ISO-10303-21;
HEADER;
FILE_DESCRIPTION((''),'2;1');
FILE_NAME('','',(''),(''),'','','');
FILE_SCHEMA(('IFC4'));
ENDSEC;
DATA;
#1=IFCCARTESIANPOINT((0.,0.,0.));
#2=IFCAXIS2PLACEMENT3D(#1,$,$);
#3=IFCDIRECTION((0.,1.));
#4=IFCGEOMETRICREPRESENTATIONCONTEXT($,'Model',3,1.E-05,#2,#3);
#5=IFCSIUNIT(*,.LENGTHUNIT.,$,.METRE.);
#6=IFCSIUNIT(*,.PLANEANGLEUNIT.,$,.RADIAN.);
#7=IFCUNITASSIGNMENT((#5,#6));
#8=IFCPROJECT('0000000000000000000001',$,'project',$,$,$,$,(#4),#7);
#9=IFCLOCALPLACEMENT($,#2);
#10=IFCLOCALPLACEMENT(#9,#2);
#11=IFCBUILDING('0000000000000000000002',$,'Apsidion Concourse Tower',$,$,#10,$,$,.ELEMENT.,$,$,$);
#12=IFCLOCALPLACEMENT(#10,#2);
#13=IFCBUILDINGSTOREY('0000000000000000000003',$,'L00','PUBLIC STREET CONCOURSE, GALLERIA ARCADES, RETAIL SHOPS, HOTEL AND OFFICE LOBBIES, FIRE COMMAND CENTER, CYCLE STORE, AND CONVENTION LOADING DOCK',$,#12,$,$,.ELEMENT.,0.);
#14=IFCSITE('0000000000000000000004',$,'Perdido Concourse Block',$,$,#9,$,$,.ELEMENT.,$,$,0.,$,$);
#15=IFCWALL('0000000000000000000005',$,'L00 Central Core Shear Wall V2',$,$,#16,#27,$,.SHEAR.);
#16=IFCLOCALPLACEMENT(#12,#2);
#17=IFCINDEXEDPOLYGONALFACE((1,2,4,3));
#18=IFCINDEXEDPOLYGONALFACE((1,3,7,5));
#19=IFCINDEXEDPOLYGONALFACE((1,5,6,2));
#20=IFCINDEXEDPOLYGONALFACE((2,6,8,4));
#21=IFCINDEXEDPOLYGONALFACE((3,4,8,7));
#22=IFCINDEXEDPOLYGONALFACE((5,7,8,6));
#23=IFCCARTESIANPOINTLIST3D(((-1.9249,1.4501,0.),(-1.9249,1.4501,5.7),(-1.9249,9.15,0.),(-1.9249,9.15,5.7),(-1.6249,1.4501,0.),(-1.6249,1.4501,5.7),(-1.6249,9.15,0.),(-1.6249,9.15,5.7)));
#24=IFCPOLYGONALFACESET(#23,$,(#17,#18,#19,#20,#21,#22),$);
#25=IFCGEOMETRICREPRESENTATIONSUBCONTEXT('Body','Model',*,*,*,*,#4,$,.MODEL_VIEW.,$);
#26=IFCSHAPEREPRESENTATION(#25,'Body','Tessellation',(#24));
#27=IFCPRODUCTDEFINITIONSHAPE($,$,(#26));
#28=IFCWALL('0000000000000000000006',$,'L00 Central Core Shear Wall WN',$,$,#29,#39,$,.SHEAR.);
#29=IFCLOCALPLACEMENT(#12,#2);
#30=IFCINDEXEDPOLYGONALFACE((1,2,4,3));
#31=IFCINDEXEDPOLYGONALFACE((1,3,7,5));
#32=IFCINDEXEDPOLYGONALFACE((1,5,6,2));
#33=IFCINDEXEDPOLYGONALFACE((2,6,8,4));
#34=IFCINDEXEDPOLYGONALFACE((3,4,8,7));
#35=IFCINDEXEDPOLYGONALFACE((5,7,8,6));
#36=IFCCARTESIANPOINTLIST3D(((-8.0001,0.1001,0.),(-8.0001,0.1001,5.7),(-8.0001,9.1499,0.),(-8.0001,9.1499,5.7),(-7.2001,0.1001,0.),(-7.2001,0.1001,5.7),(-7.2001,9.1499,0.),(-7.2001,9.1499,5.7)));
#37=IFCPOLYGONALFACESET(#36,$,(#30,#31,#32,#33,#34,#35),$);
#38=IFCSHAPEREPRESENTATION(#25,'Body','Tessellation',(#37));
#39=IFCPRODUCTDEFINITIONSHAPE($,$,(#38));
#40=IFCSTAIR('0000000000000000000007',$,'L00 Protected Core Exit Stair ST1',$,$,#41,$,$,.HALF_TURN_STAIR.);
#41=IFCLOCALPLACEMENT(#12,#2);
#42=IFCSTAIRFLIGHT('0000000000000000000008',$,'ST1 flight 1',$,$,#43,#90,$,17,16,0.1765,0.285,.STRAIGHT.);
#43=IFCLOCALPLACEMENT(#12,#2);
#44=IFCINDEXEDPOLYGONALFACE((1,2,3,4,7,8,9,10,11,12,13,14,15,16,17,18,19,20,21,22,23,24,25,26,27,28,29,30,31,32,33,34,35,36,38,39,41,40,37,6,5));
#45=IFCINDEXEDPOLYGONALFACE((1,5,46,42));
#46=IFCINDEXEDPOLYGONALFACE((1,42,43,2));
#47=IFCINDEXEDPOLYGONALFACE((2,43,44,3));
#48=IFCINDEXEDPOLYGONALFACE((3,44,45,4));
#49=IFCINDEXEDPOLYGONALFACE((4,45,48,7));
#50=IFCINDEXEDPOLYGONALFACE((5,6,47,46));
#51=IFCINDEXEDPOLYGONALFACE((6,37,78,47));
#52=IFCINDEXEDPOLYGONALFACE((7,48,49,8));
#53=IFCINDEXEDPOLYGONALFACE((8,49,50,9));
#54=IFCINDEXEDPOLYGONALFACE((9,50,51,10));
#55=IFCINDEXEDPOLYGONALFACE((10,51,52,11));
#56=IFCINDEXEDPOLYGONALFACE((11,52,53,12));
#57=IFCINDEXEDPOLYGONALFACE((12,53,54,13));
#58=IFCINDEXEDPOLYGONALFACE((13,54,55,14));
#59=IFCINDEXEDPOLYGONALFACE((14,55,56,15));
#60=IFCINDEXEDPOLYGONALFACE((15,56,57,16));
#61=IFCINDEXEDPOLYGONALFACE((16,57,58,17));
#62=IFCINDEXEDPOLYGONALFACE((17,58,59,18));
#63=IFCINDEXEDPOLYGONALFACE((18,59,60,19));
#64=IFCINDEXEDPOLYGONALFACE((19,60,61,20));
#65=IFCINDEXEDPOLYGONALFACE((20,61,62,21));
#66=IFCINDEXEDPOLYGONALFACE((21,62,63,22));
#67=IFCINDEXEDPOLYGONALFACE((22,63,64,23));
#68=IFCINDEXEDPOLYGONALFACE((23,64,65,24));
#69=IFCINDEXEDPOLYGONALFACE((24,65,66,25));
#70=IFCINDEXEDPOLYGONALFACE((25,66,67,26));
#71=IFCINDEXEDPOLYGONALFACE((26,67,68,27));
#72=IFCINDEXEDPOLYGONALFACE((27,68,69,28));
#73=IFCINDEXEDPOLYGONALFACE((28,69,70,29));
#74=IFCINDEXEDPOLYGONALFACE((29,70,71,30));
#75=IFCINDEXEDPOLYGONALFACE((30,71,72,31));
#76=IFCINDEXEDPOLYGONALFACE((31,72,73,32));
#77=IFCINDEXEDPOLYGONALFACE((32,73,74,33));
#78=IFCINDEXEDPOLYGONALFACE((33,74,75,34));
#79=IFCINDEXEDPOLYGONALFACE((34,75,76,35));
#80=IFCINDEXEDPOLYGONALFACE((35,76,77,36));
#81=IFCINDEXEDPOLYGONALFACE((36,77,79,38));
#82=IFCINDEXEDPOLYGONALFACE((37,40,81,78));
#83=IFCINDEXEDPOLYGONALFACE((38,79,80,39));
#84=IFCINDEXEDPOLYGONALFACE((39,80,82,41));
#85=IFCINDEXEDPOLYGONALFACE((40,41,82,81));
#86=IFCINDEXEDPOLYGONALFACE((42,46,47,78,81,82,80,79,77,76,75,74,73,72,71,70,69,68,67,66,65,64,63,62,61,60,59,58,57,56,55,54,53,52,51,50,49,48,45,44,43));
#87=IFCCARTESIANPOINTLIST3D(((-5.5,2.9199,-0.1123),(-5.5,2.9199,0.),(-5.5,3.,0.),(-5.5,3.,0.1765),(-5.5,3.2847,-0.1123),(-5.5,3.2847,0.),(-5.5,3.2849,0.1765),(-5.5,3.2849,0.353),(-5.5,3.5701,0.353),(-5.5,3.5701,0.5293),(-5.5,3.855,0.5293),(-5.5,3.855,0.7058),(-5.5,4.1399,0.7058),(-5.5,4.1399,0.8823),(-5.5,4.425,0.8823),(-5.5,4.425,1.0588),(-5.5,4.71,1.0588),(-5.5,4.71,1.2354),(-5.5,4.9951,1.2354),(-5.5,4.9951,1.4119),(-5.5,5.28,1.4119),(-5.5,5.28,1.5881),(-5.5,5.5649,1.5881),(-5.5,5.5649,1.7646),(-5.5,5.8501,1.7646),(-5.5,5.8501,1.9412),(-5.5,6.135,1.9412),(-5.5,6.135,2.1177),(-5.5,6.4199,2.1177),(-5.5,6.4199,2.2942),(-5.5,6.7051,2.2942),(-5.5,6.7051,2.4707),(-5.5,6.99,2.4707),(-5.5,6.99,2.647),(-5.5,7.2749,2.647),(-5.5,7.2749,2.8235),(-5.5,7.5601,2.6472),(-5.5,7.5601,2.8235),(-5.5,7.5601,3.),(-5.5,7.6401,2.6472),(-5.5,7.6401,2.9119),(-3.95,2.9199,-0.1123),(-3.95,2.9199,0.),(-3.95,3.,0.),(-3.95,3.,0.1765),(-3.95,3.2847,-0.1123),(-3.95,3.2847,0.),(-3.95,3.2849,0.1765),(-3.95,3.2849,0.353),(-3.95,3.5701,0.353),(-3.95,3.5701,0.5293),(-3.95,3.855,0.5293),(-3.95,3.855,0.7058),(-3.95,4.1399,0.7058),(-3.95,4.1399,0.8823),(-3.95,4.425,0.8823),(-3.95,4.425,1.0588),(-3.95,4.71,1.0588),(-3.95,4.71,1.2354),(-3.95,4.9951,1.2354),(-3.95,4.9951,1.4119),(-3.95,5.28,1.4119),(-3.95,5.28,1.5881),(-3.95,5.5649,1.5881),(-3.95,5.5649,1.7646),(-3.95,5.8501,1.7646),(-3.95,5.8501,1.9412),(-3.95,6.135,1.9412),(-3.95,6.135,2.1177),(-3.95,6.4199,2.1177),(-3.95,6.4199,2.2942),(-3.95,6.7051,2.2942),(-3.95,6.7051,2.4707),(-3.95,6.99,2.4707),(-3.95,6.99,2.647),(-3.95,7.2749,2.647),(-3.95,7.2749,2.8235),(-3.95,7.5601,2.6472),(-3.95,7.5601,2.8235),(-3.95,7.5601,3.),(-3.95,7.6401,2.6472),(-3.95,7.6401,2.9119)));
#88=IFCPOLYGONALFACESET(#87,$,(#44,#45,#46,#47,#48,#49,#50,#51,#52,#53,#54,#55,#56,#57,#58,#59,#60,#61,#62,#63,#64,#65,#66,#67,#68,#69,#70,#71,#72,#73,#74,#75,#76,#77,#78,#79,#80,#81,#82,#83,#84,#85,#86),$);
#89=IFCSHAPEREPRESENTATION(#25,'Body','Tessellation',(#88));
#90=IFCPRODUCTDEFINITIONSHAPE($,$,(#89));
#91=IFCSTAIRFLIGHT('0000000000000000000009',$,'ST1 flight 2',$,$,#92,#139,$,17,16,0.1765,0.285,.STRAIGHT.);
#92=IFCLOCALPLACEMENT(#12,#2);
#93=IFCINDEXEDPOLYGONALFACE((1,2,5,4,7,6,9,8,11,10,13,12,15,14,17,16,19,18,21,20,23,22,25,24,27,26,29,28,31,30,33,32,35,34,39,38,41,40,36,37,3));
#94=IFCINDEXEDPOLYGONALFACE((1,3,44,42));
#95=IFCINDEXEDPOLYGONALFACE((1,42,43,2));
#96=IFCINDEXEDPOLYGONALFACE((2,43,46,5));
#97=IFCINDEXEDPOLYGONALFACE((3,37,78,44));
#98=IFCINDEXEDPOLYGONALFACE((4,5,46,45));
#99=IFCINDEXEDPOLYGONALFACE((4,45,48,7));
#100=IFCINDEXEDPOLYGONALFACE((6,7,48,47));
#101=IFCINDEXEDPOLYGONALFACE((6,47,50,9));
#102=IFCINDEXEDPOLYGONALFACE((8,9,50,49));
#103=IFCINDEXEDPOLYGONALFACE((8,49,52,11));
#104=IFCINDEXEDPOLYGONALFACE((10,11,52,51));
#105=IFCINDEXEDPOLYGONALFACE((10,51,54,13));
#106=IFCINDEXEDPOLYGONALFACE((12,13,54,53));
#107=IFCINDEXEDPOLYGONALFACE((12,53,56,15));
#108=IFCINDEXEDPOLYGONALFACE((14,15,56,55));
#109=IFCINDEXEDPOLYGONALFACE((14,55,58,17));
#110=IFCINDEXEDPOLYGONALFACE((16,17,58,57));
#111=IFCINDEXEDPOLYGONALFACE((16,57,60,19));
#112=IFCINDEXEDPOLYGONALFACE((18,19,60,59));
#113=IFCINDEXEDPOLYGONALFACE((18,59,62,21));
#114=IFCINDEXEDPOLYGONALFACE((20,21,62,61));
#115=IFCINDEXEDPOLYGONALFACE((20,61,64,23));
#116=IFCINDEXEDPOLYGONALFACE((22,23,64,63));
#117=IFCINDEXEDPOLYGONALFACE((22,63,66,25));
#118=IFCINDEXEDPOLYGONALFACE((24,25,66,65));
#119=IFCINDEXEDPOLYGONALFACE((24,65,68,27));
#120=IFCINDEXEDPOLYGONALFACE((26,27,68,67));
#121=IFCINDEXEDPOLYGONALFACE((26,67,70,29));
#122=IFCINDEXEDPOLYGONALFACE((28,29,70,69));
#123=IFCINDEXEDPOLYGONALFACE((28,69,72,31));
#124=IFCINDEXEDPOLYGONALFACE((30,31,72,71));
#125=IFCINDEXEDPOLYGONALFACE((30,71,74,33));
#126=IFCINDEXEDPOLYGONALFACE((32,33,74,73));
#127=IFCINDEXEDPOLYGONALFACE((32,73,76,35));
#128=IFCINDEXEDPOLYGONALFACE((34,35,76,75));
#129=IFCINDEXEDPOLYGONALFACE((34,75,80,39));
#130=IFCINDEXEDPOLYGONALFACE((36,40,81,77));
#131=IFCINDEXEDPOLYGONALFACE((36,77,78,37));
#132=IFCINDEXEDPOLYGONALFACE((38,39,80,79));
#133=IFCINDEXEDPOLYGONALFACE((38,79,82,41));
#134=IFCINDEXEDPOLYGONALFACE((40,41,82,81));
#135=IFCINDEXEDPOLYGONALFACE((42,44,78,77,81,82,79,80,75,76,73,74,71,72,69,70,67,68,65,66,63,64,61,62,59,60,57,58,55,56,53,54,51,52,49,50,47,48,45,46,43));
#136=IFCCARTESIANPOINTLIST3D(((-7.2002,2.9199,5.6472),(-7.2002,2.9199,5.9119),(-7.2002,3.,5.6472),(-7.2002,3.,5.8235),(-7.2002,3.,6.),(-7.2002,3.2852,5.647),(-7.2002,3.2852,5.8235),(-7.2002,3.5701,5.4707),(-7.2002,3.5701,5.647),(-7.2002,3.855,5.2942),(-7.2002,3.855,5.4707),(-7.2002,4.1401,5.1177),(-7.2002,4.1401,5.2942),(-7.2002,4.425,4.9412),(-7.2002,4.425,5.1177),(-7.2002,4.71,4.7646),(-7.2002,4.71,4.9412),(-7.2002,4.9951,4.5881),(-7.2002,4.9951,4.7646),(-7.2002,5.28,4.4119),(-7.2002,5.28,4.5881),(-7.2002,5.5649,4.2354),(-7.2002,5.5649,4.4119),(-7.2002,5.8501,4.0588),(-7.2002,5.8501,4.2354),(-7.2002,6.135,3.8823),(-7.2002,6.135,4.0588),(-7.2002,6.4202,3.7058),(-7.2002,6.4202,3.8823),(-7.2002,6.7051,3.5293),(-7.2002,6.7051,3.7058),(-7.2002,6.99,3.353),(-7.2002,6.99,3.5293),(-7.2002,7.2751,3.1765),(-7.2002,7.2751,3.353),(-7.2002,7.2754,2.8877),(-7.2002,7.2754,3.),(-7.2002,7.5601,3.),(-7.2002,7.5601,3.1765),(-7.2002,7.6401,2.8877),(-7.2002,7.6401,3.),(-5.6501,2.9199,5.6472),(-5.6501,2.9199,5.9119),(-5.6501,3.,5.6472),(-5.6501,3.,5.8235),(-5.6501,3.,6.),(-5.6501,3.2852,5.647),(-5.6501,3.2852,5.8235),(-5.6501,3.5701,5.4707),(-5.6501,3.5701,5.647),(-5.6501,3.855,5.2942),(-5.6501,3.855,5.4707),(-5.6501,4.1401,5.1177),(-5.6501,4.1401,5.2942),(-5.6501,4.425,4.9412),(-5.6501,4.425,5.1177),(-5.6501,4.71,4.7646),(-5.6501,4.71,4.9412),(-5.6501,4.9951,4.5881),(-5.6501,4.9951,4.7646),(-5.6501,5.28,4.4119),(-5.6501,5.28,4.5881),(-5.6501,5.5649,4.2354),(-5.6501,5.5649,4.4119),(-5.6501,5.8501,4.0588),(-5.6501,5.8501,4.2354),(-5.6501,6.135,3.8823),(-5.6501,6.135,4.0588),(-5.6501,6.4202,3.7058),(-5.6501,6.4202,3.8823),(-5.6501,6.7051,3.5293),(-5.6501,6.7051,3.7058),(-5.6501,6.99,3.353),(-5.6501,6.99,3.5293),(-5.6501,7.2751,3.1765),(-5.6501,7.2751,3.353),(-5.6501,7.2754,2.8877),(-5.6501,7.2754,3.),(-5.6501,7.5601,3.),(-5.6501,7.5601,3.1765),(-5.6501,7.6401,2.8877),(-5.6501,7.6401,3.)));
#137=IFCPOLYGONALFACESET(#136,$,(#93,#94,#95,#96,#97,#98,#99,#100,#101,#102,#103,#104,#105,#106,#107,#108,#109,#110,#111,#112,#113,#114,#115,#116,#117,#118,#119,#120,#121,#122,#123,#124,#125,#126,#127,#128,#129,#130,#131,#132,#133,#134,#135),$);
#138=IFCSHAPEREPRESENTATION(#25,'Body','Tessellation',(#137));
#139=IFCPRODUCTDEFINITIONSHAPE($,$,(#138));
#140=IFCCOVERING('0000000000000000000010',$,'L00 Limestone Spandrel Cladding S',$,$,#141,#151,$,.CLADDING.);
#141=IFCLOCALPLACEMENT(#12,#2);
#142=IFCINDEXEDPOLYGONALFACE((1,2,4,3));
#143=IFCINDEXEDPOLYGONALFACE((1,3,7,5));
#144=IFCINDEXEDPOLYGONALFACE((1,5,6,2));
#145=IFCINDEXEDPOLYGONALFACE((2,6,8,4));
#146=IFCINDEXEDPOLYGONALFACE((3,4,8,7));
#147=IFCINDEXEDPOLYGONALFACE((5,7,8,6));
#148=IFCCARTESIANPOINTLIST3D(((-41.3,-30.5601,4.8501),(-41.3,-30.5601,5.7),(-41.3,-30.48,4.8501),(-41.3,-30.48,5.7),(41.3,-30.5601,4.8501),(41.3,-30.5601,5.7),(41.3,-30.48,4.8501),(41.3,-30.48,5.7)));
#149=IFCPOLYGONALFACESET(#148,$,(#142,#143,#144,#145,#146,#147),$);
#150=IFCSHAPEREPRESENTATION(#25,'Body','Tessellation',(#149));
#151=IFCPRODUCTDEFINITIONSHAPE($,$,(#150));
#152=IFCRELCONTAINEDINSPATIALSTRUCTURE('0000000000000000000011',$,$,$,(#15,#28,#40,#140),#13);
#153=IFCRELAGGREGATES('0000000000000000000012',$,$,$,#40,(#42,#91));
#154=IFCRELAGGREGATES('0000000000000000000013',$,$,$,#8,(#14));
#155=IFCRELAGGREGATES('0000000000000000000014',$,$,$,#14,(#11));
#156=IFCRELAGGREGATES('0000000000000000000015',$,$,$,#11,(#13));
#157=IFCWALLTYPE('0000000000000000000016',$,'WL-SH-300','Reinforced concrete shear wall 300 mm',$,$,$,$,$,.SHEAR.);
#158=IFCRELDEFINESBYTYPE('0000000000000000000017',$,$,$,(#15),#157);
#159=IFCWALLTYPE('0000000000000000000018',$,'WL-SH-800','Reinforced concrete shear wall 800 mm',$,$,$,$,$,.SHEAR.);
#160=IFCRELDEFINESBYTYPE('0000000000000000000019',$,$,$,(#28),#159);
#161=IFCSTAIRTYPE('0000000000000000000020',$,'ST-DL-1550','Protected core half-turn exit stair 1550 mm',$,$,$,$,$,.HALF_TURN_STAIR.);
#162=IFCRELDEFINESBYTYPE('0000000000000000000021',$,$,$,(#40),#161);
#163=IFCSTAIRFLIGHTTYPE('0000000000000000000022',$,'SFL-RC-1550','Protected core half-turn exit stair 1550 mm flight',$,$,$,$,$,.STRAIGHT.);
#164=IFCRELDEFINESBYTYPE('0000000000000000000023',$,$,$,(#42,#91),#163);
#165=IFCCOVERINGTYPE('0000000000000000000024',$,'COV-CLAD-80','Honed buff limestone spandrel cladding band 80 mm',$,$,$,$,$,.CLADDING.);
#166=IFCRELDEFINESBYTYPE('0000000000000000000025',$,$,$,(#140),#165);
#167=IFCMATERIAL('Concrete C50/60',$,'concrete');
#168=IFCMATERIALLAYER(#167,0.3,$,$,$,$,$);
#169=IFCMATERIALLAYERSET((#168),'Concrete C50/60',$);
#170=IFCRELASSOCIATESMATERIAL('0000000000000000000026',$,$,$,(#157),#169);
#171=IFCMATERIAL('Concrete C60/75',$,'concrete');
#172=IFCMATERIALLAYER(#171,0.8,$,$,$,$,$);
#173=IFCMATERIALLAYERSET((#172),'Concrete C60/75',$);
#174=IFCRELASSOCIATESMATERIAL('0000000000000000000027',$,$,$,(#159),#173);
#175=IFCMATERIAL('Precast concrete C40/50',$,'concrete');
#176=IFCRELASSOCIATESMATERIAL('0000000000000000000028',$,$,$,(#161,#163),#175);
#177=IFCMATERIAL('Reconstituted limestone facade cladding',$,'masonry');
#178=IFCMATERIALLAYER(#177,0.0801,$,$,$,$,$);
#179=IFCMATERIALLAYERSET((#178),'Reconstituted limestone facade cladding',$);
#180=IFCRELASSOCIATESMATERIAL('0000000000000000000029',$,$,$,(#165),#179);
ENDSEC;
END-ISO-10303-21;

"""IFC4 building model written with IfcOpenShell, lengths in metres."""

from ifc_helpers import new_model, si_unit, direction, frame, frame_2d, origin, place, context, subcontext, project, spatial, polyline, rectangle, outline, extrude, material, layer, layer_set, type_object, element, aggregate, save


model = new_model("IFC4")

# Units and contexts
model_context = context("Model", 3, precision=1e-05, world=origin(), true_north=direction((0.0, 1.0)))
body_context = subcontext(model_context, "Body", "Model", "MODEL_VIEW")
ifc_project = project(units=[si_unit("LENGTHUNIT", "METRE"), si_unit("PLANEANGLEUNIT", "RADIAN")], contexts=[model_context])

# Site, building, storey
site_placement = place(None, origin())
site = spatial("IfcSite", under=ifc_project, at=site_placement, Name="Perdido Concourse Block", CompositionType="ELEMENT", RefElevation=0.0)
building_placement = place(site_placement, origin())
building = spatial("IfcBuilding", under=site, at=building_placement, Name="Apsidion Concourse Tower", CompositionType="ELEMENT")
storey_placement = place(building_placement, origin())
storey = spatial("IfcBuildingStorey", under=building, at=storey_placement, Name="L00", Description="PUBLIC STREET CONCOURSE, GALLERIA ARCADES, RETAIL SHOPS, HOTEL AND OFFICE LOBBIES, FIRE COMMAND CENTER, CYCLE STORE, AND CONVENTION LOADING DOCK", CompositionType="ELEMENT", Elevation=0.0)

# Shared definitions
ifc_material_1 = material(Name="Concrete C60/75", Category="concrete")

# Shared definitions
ifc_material_2 = material(Name="Concrete C50/60", Category="concrete")
ifc_material_3 = material(Name="Precast concrete C40/50", Category="concrete")

# Wall
ifc_layer_1 = layer(ifc_material_2, 0.3)
ifc_layer_set_1 = layer_set([ifc_layer_1], Name="Concrete C50/60")
wall_type_1 = type_object("IfcWallType", Name="WL-SH-300", Description="Reinforced concrete shear wall 300 mm", PredefinedType="SHEAR", material=ifc_layer_set_1)
for number, where, z_axis, x_axis, name in (
    (1, (-1.7749, 1.45, 0.0), (0.0, 0.0, 1.0), (0.0, 1.0, 0.0), "L00 Central Core Shear Wall V2"),
):
    element("IfcWall", number, at=place(storey_placement, frame(where, z_axis=z_axis, x_axis=x_axis)), inside=storey, type_object=wall_type_1, Name=name, PredefinedType="SHEAR", context=body_context, shape_type="SweptSolid", body=[
        extrude(rectangle(XDim=7.7, YDim=0.3, at=frame_2d((3.8501, 0.0))), origin(), (0.0, 0.0, 1.0), 5.7),
    ])

# Wall
ifc_layer_2 = layer(ifc_material_1, 0.8)
ifc_layer_set_2 = layer_set([ifc_layer_2], Name="Concrete C60/75")
wall_type_2 = type_object("IfcWallType", Name="WL-SH-800", Description="Reinforced concrete shear wall 800 mm", PredefinedType="SHEAR", material=ifc_layer_set_2)
wall_1_placement = place(storey_placement, frame((-7.6001, 0.1001, 0.0), z_axis=(0.0, 0.0, 1.0), x_axis=(0.0, 1.0, 0.0)))
element("IfcWall", 2, at=wall_1_placement, inside=storey, type_object=wall_type_2, Name="L00 Central Core Shear Wall WN", PredefinedType="SHEAR", context=body_context, shape_type="SweptSolid", body=[
    extrude(rectangle(XDim=9.0498, YDim=0.8, at=frame_2d((4.5249, 0.0))), origin(), (0.0, 0.0, 1.0), 5.7),
])

# Stair, stair flights
stair_type = type_object("IfcStairType", Name="ST-DL-1550", Description="Protected core half-turn exit stair 1550 mm", PredefinedType="HALF_TURN_STAIR", material=ifc_material_3)
stair_placement = place(storey_placement, origin())
stair = element("IfcStair", 3, at=stair_placement, inside=storey, type_object=stair_type, Name="L00 Protected Core Exit Stair ST1", PredefinedType="HALF_TURN_STAIR")
stair_flight_type = type_object("IfcStairFlightType", Name="SFL-RC-1550", Description="Protected core half-turn exit stair 1550 mm flight", PredefinedType="STRAIGHT", material=ifc_material_3)
stair_flight_1_placement = place(storey_placement, frame((-4.7251, 3.0, 0.0), z_axis=(0.0, 0.0, 1.0), x_axis=(0.0, 1.0, 0.0)))
stair_flight_1 = element("IfcStairFlight", 4, at=stair_flight_1_placement, type_object=stair_flight_type, Name="ST1 flight 1", NumberOfRisers=17, NumberOfTreads=16, PredefinedType="STRAIGHT", RiserHeight=0.1765, TreadLength=0.285, context=body_context, shape_type="SweptSolid", body=[
    extrude(outline(polyline([(-0.0801, -0.1123), (-0.0801, 0.0), (0.0, 0.0), (0.0, 0.1765), (0.2849, 0.1765), (0.2849, 0.353), (0.5701, 0.353), (0.5701, 0.5293), (0.855, 0.5293), (0.855, 0.7058), (1.1399, 0.7058), (1.1399, 0.8823), (1.425, 0.8823), (1.425, 1.0588), (1.71, 1.0588), (1.71, 1.2354), (1.9951, 1.2354), (1.9951, 1.4119), (2.28, 1.4119), (2.28, 1.5881), (2.5649, 1.5881), (2.5649, 1.7646), (2.8501, 1.7646), (2.8501, 1.9412), (3.135, 1.9412), (3.135, 2.1177), (3.4199, 2.1177), (3.4199, 2.2942), (3.7051, 2.2942), (3.7051, 2.4707), (3.99, 2.4707), (3.99, 2.647), (4.2749, 2.647), (4.2749, 2.8235), (4.5601, 2.8235), (4.5601, 3.0), (4.6401, 2.9119), (4.6401, 2.6472), (4.5601, 2.6472), (0.2847, 0.0), (0.2847, -0.1123), (-0.0801, -0.1123)])), frame((0.0, 0.7749, 0.0), z_axis=(0.0, -1.0, 0.0), x_axis=(1.0, 0.0, 0.0)), (0.0, 0.0, 1.0), 1.55),
])
stair_flight_2_placement = place(storey_placement, frame((-6.425, 7.5601, 3.0), z_axis=(0.0, 0.0, 1.0), x_axis=(0.0, -1.0, 0.0)))
stair_flight_2 = element("IfcStairFlight", 5, at=stair_flight_2_placement, type_object=stair_flight_type, Name="ST1 flight 2", NumberOfRisers=17, NumberOfTreads=16, PredefinedType="STRAIGHT", RiserHeight=0.1765, TreadLength=0.285, context=body_context, shape_type="SweptSolid", body=[
    extrude(outline(polyline([(-0.0801, -0.1123), (-0.0801, 0.0), (0.0, 0.0), (0.0, 0.1765), (0.2849, 0.1765), (0.2849, 0.353), (0.5701, 0.353), (0.5701, 0.5293), (0.855, 0.5293), (0.855, 0.7058), (1.1399, 0.7058), (1.1399, 0.8823), (1.425, 0.8823), (1.425, 1.0588), (1.71, 1.0588), (1.71, 1.2354), (1.9951, 1.2354), (1.9951, 1.4119), (2.28, 1.4119), (2.28, 1.5881), (2.5649, 1.5881), (2.5649, 1.7646), (2.8501, 1.7646), (2.8501, 1.9412), (3.135, 1.9412), (3.135, 2.1177), (3.4199, 2.1177), (3.4199, 2.2942), (3.7051, 2.2942), (3.7051, 2.4707), (3.99, 2.4707), (3.99, 2.647), (4.2749, 2.647), (4.2749, 2.8235), (4.5601, 2.8235), (4.5601, 3.0), (4.6401, 2.9119), (4.6401, 2.6472), (4.5601, 2.6472), (0.2847, 0.0), (0.2847, -0.1123), (-0.0801, -0.1123)])), frame((0.0, 0.7749, 0.0), z_axis=(0.0, -1.0, 0.0), x_axis=(1.0, 0.0, 0.0)), (0.0, 0.0, 1.0), 1.55),
])
aggregate(stair, [stair_flight_1, stair_flight_2])

# Covering
ifc_material_4 = material(Name="Reconstituted limestone facade cladding", Category="masonry")
ifc_layer_3 = layer(ifc_material_4, 0.0801)
ifc_layer_set_3 = layer_set([ifc_layer_3], Name="Reconstituted limestone facade cladding")
covering_type = type_object("IfcCoveringType", Name="COV-CLAD-80", Description="Honed buff limestone spandrel cladding band 80 mm", PredefinedType="CLADDING", material=ifc_layer_set_3)
covering_placement = place(storey_placement, frame((0.0, 0.0, 4.8501)))
element("IfcCovering", 6, at=covering_placement, inside=storey, type_object=covering_type, Name="L00 Limestone Spandrel Cladding S", PredefinedType="CLADDING", context=body_context, shape_type="SweptSolid", body=[
    extrude(outline(polyline([(41.3, -30.48), (-41.3, -30.48), (-41.3, -30.5601), (41.3, -30.5601), (41.3, -30.48)])), origin(), (0.0, 0.0, 1.0), 0.8499),
])

save(model, "model.ifc")
